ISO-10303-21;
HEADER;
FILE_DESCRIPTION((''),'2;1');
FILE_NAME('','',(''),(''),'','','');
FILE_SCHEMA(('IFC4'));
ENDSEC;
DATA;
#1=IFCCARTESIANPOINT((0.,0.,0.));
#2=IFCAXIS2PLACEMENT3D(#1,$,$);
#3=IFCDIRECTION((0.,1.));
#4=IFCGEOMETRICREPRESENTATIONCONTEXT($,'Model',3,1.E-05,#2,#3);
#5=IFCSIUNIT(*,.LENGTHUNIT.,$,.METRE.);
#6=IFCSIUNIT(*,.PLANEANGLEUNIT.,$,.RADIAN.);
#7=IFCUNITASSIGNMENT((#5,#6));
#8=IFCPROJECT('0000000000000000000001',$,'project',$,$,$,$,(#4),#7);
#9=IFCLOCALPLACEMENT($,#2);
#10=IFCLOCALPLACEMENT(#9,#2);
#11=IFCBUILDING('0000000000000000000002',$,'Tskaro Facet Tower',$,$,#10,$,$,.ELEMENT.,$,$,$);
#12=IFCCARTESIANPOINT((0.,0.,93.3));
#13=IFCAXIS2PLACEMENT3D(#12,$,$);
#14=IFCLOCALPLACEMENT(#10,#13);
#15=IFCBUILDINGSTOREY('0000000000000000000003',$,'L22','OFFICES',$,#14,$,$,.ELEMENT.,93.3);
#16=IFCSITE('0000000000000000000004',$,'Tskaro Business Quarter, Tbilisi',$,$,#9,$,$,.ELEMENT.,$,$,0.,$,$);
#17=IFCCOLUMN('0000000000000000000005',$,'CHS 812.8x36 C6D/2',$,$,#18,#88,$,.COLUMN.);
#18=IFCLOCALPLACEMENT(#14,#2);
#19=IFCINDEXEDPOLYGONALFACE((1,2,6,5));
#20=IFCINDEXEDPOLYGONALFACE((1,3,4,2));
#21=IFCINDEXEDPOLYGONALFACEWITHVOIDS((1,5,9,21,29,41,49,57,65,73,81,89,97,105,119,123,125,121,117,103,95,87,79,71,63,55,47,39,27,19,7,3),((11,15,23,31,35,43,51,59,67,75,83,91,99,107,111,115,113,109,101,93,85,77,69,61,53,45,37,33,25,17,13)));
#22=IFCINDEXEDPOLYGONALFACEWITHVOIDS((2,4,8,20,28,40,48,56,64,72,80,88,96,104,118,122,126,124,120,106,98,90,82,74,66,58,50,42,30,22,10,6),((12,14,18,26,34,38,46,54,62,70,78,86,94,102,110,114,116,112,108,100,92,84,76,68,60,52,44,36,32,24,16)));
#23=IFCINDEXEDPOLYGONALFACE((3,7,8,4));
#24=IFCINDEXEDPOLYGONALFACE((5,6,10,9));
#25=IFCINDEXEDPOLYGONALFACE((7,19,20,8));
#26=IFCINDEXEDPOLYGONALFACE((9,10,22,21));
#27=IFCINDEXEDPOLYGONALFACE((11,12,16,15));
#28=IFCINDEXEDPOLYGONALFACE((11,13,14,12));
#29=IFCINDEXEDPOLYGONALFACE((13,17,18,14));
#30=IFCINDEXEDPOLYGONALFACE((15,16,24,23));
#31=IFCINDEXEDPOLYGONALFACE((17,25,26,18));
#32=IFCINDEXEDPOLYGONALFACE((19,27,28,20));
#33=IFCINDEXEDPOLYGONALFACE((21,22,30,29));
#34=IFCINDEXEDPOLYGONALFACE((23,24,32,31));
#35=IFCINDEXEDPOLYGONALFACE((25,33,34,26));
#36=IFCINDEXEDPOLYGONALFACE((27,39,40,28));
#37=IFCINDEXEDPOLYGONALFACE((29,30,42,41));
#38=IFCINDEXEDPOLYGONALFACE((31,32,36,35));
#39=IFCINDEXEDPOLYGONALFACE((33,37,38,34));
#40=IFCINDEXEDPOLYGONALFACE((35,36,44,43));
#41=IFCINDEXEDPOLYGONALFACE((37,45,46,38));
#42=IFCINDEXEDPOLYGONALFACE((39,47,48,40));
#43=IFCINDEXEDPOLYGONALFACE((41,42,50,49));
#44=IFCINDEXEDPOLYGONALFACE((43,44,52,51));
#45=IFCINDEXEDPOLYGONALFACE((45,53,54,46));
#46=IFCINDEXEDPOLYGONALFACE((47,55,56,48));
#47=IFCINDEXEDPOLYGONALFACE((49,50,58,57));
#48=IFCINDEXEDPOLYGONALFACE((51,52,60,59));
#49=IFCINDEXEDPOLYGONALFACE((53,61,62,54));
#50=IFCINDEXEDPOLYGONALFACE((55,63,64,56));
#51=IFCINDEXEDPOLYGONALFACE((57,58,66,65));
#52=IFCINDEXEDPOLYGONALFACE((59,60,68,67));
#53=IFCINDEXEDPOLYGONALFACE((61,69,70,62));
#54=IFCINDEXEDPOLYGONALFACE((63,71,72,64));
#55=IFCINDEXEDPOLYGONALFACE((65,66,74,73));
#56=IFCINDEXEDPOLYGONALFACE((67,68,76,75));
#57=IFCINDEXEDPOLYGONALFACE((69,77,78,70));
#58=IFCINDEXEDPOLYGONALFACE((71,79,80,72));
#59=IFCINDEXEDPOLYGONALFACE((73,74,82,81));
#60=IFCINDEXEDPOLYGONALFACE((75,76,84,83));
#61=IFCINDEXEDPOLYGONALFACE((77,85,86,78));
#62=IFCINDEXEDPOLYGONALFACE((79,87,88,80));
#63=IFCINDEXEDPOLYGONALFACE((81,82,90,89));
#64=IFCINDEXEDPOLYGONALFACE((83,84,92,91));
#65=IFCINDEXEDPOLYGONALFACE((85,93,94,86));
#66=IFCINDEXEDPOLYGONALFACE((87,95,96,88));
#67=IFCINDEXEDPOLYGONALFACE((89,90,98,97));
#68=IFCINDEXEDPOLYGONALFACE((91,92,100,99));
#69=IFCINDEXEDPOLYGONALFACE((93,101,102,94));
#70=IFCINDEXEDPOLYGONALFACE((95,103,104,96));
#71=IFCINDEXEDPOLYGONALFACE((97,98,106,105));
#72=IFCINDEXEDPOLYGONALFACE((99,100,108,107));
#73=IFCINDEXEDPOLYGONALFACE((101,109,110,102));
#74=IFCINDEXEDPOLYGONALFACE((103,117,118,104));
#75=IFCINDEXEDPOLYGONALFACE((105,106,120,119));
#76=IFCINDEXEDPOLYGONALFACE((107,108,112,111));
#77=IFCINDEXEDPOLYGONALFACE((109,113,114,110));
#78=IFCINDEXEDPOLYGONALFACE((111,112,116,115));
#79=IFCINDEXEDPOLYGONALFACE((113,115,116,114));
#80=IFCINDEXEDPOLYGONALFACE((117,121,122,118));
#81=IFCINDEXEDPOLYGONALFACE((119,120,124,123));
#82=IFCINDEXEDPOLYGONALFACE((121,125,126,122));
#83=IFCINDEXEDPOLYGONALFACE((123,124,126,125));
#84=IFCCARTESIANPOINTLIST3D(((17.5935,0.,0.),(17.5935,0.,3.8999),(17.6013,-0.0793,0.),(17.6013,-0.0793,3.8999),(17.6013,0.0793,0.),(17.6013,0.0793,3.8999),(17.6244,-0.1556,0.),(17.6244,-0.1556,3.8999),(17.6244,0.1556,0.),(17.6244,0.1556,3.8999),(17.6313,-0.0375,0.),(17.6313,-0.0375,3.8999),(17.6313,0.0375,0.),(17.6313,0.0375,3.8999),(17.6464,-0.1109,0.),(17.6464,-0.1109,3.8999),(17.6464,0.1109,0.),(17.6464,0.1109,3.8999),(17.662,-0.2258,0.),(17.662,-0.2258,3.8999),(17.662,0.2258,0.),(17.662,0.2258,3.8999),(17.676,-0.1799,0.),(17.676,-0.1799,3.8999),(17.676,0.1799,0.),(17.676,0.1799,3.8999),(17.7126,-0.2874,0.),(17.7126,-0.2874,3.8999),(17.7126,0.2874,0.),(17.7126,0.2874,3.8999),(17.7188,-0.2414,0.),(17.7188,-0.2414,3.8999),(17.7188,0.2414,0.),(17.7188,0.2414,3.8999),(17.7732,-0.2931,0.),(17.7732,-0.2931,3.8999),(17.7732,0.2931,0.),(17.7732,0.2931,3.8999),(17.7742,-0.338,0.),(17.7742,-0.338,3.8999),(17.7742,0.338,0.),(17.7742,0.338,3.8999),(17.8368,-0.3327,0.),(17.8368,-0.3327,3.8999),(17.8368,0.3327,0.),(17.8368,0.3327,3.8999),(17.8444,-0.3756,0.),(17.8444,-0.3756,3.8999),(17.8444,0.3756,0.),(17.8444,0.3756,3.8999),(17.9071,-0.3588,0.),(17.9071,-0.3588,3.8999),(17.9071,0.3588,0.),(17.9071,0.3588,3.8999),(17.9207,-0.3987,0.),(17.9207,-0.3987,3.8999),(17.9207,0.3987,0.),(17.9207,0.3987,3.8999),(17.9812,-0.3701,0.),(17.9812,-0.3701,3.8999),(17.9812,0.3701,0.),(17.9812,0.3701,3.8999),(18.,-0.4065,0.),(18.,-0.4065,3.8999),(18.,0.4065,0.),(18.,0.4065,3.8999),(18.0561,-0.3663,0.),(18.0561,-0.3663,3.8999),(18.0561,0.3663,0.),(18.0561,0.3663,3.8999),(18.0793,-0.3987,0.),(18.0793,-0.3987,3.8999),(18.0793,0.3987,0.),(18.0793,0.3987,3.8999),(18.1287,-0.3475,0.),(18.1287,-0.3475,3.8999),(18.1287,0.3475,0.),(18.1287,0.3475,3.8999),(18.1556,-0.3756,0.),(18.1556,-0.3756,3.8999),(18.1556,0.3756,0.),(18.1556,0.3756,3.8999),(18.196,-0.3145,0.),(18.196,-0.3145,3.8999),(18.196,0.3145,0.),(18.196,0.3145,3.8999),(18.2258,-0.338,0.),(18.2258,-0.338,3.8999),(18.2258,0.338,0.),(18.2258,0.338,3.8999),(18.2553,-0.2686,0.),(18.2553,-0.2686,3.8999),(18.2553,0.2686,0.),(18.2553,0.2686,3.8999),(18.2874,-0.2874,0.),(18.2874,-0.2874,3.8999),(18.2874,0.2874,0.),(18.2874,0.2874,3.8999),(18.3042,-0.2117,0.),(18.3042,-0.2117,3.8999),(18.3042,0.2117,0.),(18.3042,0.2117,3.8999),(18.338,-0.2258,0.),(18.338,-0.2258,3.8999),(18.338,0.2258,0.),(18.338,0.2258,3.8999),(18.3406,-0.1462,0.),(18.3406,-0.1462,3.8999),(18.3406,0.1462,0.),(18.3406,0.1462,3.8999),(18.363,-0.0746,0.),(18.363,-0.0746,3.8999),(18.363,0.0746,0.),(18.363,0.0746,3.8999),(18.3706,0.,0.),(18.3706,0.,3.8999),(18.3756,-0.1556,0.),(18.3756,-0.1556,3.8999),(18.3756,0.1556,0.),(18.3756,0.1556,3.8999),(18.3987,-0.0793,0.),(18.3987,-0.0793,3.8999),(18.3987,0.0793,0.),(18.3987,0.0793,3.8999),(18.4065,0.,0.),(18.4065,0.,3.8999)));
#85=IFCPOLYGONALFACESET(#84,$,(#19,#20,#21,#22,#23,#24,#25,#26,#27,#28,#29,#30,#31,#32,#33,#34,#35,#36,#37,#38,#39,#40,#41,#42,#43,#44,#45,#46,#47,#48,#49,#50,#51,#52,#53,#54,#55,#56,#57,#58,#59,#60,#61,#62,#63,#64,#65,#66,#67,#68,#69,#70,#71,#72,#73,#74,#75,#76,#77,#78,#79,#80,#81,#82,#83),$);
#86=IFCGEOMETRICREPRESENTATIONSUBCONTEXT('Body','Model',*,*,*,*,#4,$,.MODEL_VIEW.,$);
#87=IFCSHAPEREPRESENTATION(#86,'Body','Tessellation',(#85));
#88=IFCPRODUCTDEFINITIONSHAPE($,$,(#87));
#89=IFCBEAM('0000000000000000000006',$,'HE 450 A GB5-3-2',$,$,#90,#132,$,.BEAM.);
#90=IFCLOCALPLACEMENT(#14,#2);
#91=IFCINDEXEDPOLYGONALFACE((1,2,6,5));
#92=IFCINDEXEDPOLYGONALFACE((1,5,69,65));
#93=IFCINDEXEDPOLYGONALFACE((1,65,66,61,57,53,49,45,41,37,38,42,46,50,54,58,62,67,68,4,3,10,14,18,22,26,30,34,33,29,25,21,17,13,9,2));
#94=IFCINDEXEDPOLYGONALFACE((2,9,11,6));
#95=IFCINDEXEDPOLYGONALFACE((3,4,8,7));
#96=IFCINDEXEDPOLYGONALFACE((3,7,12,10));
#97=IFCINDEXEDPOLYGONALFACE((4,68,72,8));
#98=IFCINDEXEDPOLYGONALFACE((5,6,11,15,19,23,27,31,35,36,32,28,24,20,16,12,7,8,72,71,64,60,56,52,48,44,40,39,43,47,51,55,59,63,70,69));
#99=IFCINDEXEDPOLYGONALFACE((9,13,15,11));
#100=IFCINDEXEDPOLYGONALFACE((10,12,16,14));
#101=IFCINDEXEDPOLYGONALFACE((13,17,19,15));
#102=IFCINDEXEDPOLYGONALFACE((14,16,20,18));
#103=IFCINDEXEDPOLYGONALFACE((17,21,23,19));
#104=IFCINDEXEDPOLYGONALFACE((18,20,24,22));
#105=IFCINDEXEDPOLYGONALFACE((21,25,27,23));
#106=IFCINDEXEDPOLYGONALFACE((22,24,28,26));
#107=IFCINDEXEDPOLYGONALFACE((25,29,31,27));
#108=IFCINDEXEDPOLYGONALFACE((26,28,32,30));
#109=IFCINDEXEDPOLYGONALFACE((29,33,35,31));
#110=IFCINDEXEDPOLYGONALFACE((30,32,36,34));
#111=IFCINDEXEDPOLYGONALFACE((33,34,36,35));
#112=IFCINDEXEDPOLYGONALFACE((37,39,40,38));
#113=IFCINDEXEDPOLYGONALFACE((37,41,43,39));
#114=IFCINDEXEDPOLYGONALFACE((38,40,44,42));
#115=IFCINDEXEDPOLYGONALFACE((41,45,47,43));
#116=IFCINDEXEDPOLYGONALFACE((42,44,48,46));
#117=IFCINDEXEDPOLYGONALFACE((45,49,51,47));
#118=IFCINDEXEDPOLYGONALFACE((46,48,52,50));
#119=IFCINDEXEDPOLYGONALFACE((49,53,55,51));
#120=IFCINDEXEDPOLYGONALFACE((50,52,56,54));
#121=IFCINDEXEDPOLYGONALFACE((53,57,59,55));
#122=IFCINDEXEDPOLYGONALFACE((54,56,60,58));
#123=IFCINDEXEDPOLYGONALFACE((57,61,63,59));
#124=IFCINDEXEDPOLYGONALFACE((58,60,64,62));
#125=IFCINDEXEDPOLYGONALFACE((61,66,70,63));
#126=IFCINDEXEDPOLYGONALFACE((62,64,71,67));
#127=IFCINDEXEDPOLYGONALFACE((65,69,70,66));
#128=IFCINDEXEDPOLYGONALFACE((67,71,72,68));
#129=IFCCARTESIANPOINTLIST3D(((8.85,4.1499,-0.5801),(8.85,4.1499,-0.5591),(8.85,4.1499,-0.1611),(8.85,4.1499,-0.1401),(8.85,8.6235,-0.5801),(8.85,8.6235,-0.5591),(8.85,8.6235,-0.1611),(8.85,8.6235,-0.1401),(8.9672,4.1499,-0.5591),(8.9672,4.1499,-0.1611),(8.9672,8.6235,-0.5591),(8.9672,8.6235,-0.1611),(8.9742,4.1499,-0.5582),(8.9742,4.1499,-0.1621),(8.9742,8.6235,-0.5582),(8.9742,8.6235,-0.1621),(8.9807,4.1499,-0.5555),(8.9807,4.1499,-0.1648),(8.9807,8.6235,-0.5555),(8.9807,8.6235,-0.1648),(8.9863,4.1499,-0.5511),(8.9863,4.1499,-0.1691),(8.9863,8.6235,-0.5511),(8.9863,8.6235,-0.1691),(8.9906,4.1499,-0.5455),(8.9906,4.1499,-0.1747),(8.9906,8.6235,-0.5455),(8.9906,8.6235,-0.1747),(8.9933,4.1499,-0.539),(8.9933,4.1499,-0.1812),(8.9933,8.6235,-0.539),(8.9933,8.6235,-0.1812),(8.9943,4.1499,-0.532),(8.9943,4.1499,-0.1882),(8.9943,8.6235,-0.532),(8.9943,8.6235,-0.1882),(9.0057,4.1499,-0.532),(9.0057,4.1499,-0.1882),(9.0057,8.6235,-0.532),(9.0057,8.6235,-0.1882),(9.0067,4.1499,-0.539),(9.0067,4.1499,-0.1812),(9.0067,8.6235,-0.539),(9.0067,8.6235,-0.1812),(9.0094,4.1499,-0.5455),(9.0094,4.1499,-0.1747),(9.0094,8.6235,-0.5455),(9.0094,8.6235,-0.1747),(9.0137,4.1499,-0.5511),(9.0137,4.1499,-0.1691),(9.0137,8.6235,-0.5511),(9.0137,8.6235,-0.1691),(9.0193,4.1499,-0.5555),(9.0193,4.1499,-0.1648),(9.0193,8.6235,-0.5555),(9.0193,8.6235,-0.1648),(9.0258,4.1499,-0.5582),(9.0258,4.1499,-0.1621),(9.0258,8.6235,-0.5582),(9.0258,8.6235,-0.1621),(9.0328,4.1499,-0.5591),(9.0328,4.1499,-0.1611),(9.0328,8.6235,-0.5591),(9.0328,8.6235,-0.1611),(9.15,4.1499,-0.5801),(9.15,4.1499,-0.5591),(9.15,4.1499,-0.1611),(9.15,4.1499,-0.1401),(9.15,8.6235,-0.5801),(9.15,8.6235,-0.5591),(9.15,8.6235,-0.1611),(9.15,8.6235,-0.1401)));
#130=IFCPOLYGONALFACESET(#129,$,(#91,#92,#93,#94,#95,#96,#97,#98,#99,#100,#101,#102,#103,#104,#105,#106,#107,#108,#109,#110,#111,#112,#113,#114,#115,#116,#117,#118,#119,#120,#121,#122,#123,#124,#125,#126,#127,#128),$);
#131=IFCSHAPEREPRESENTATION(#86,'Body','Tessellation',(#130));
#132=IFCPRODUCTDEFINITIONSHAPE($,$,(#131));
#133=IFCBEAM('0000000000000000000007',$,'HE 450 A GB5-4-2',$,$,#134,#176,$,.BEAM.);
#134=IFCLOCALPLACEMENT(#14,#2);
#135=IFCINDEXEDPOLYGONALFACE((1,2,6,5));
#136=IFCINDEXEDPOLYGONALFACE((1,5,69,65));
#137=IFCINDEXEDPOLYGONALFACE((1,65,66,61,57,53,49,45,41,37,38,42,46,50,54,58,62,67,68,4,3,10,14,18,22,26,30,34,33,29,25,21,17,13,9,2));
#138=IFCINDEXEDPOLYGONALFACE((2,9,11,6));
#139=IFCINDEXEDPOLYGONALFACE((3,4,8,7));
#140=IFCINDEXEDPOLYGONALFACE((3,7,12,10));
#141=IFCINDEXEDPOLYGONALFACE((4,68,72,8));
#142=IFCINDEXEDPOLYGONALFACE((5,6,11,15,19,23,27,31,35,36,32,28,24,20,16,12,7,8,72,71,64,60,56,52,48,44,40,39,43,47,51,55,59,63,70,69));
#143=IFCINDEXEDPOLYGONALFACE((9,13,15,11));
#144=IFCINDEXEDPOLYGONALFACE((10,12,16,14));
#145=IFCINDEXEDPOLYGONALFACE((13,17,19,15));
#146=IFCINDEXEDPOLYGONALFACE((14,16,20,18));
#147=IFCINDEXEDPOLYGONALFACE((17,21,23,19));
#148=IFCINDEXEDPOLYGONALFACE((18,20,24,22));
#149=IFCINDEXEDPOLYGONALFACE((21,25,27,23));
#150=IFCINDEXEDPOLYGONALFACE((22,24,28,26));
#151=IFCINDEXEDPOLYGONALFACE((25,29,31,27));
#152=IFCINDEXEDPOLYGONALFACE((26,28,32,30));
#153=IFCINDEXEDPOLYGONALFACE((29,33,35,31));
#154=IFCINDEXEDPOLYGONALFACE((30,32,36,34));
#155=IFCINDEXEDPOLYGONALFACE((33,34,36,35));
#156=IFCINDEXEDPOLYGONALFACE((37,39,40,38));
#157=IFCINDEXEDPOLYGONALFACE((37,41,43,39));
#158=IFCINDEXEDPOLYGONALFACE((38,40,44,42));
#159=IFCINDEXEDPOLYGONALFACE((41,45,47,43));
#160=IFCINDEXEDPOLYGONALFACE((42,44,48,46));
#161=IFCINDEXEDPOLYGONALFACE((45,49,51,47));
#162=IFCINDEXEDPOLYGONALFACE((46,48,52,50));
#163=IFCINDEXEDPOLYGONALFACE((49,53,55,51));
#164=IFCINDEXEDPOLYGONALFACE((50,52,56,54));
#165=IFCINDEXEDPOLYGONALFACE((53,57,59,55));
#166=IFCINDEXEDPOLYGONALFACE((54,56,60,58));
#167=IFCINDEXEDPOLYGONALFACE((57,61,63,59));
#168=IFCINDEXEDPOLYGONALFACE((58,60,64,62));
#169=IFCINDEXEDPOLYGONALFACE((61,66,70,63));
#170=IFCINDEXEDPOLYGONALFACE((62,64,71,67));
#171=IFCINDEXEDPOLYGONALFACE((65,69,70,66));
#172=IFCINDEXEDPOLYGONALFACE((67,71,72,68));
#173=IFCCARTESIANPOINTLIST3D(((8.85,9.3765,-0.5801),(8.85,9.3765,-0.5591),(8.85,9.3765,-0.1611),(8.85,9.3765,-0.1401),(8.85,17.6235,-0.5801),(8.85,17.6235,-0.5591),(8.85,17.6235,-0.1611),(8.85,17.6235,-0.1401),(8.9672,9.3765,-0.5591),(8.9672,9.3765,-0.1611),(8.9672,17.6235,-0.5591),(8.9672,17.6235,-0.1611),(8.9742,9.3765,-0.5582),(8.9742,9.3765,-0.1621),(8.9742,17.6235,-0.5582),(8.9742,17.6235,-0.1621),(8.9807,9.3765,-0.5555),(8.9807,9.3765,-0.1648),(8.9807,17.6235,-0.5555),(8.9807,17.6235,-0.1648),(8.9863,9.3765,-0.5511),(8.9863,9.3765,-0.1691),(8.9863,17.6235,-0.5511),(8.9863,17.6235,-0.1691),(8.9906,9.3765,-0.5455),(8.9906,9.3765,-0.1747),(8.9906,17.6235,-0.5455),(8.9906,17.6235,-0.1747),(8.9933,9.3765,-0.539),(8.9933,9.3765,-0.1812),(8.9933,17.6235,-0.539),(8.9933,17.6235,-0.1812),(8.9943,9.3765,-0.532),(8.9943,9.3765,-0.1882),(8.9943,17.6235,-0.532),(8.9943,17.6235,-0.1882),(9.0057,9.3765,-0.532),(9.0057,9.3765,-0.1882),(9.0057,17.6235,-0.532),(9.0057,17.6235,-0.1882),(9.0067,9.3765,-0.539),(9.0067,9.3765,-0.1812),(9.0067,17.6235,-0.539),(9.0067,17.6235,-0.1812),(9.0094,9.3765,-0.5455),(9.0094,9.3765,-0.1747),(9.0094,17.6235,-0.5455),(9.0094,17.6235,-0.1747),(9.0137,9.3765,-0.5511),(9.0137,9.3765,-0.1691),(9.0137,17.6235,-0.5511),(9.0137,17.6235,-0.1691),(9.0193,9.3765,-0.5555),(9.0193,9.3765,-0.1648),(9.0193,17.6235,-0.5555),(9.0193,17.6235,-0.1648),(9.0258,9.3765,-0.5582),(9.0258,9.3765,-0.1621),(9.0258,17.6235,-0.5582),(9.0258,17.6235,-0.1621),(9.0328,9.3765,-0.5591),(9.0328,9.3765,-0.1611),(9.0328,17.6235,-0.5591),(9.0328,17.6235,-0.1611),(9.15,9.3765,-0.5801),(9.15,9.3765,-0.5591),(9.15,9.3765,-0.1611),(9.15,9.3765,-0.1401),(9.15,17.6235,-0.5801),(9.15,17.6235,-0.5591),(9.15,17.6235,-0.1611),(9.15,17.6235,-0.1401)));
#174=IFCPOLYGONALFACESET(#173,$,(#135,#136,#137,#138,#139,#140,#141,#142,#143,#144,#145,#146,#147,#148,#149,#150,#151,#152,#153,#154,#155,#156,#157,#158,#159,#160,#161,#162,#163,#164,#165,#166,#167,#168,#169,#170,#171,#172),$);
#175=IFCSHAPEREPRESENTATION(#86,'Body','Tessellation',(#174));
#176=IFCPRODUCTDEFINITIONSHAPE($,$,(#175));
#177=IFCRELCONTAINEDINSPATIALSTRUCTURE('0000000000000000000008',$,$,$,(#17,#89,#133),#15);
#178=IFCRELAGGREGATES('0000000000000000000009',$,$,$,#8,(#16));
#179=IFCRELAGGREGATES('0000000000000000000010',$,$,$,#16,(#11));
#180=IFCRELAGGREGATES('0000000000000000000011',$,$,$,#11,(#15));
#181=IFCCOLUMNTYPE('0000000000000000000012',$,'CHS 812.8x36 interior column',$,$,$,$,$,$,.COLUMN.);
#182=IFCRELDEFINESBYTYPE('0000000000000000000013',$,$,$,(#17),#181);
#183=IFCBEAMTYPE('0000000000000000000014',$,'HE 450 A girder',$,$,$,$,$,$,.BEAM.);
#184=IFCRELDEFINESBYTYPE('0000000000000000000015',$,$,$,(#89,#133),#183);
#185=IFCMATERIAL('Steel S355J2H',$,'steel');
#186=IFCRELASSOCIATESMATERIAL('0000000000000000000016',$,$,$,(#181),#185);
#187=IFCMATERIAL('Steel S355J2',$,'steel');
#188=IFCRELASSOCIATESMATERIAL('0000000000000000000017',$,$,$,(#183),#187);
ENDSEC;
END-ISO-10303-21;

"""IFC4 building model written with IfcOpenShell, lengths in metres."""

from ifc_helpers import new_model, si_unit, direction, frame, origin, origin_2d, place, context, subcontext, project, spatial, hollow_circle, i_section, extrude, material, material_profile, profile_set, type_object, element, save


model = new_model("IFC4")

# Units and contexts
model_context = context("Model", 3, precision=1e-05, world=origin(), true_north=direction((0.0, 1.0)))
body_context = subcontext(model_context, "Body", "Model", "MODEL_VIEW")
ifc_project = project(units=[si_unit("LENGTHUNIT", "METRE"), si_unit("PLANEANGLEUNIT", "RADIAN")], contexts=[model_context])

# Site, building, storey
site_placement = place(None, origin())
site = spatial("IfcSite", under=ifc_project, at=site_placement, Name="Tskaro Business Quarter, Tbilisi", CompositionType="ELEMENT", RefElevation=0.0)
building_placement = place(site_placement, origin())
building = spatial("IfcBuilding", under=site, at=building_placement, Name="Tskaro Facet Tower", CompositionType="ELEMENT")
storey_placement = place(building_placement, frame((0.0, 0.0, 93.3)))
storey = spatial("IfcBuildingStorey", under=building, at=storey_placement, Name="L22", Description="OFFICES", CompositionType="ELEMENT", Elevation=93.3)

# Column
ifc_material_1 = material(Name="Steel S355J2H", Category="steel")
ifc_material_profile_1 = material_profile(ifc_material_1, hollow_circle(Radius=0.4065, WallThickness=0.0359, at=origin_2d()), Name="CHS 812.8x36")
ifc_profile_set_1 = profile_set([ifc_material_profile_1], Name="Steel S355J2H")
column_type = type_object("IfcColumnType", Name="CHS 812.8x36 interior column", PredefinedType="COLUMN", material=ifc_profile_set_1)
for number, where, z_axis, x_axis, name in (
    (1, (18.0, 0.0, 0.0), (0.0, 0.0, 1.0), (1.0, 0.0, 0.0), "CHS 812.8x36 C6D/2"),
):
    element("IfcColumn", number, at=place(storey_placement, frame(where, z_axis=z_axis, x_axis=x_axis)), inside=storey, type_object=column_type, Name=name, PredefinedType="COLUMN", context=body_context, shape_type="SweptSolid", body=[
        extrude(hollow_circle(Radius=0.4065, WallThickness=0.0359, at=origin_2d()), origin(), (0.0, 0.0, 1.0), 3.8999),
    ])

# Beams
ifc_material_2 = material(Name="Steel S355J2", Category="steel")
ifc_material_profile_2 = material_profile(ifc_material_2, i_section(OverallWidth=0.3, OverallDepth=0.4399, WebThickness=0.0115, FlangeThickness=0.021, FilletRadius=0.0271, at=origin_2d()), Name="HE 450 A")
ifc_profile_set_2 = profile_set([ifc_material_profile_2], Name="Steel S355J2")
beam_type_1 = type_object("IfcBeamType", Name="HE 450 A girder", PredefinedType="BEAM", material=ifc_profile_set_2)
beam_1_placement = place(storey_placement, frame((9.0, 4.1499, -0.3601), z_axis=(0.0, 1.0, 0.0), x_axis=(-1.0, 0.0, 0.0)))
element("IfcBeam", 2, at=beam_1_placement, inside=storey, type_object=beam_type_1, Name="HE 450 A GB5-3-2", PredefinedType="BEAM", context=body_context, shape_type="SweptSolid", body=[
    extrude(i_section(OverallWidth=0.3, OverallDepth=0.4399, WebThickness=0.0115, FlangeThickness=0.021, FilletRadius=0.0271, at=origin_2d()), origin(), (0.0, 0.0, 1.0), 4.4736),
])
beam_2_placement = place(storey_placement, frame((9.0, 9.3765, -0.3601), z_axis=(0.0, 1.0, 0.0), x_axis=(-1.0, 0.0, 0.0)))
element("IfcBeam", 3, at=beam_2_placement, inside=storey, type_object=beam_type_1, Name="HE 450 A GB5-4-2", PredefinedType="BEAM", context=body_context, shape_type="SweptSolid", body=[
    extrude(i_section(OverallWidth=0.3, OverallDepth=0.4399, WebThickness=0.0115, FlangeThickness=0.021, FilletRadius=0.0271, at=origin_2d()), origin(), (0.0, 0.0, 1.0), 8.2471),
])

save(model, "model.ifc")
